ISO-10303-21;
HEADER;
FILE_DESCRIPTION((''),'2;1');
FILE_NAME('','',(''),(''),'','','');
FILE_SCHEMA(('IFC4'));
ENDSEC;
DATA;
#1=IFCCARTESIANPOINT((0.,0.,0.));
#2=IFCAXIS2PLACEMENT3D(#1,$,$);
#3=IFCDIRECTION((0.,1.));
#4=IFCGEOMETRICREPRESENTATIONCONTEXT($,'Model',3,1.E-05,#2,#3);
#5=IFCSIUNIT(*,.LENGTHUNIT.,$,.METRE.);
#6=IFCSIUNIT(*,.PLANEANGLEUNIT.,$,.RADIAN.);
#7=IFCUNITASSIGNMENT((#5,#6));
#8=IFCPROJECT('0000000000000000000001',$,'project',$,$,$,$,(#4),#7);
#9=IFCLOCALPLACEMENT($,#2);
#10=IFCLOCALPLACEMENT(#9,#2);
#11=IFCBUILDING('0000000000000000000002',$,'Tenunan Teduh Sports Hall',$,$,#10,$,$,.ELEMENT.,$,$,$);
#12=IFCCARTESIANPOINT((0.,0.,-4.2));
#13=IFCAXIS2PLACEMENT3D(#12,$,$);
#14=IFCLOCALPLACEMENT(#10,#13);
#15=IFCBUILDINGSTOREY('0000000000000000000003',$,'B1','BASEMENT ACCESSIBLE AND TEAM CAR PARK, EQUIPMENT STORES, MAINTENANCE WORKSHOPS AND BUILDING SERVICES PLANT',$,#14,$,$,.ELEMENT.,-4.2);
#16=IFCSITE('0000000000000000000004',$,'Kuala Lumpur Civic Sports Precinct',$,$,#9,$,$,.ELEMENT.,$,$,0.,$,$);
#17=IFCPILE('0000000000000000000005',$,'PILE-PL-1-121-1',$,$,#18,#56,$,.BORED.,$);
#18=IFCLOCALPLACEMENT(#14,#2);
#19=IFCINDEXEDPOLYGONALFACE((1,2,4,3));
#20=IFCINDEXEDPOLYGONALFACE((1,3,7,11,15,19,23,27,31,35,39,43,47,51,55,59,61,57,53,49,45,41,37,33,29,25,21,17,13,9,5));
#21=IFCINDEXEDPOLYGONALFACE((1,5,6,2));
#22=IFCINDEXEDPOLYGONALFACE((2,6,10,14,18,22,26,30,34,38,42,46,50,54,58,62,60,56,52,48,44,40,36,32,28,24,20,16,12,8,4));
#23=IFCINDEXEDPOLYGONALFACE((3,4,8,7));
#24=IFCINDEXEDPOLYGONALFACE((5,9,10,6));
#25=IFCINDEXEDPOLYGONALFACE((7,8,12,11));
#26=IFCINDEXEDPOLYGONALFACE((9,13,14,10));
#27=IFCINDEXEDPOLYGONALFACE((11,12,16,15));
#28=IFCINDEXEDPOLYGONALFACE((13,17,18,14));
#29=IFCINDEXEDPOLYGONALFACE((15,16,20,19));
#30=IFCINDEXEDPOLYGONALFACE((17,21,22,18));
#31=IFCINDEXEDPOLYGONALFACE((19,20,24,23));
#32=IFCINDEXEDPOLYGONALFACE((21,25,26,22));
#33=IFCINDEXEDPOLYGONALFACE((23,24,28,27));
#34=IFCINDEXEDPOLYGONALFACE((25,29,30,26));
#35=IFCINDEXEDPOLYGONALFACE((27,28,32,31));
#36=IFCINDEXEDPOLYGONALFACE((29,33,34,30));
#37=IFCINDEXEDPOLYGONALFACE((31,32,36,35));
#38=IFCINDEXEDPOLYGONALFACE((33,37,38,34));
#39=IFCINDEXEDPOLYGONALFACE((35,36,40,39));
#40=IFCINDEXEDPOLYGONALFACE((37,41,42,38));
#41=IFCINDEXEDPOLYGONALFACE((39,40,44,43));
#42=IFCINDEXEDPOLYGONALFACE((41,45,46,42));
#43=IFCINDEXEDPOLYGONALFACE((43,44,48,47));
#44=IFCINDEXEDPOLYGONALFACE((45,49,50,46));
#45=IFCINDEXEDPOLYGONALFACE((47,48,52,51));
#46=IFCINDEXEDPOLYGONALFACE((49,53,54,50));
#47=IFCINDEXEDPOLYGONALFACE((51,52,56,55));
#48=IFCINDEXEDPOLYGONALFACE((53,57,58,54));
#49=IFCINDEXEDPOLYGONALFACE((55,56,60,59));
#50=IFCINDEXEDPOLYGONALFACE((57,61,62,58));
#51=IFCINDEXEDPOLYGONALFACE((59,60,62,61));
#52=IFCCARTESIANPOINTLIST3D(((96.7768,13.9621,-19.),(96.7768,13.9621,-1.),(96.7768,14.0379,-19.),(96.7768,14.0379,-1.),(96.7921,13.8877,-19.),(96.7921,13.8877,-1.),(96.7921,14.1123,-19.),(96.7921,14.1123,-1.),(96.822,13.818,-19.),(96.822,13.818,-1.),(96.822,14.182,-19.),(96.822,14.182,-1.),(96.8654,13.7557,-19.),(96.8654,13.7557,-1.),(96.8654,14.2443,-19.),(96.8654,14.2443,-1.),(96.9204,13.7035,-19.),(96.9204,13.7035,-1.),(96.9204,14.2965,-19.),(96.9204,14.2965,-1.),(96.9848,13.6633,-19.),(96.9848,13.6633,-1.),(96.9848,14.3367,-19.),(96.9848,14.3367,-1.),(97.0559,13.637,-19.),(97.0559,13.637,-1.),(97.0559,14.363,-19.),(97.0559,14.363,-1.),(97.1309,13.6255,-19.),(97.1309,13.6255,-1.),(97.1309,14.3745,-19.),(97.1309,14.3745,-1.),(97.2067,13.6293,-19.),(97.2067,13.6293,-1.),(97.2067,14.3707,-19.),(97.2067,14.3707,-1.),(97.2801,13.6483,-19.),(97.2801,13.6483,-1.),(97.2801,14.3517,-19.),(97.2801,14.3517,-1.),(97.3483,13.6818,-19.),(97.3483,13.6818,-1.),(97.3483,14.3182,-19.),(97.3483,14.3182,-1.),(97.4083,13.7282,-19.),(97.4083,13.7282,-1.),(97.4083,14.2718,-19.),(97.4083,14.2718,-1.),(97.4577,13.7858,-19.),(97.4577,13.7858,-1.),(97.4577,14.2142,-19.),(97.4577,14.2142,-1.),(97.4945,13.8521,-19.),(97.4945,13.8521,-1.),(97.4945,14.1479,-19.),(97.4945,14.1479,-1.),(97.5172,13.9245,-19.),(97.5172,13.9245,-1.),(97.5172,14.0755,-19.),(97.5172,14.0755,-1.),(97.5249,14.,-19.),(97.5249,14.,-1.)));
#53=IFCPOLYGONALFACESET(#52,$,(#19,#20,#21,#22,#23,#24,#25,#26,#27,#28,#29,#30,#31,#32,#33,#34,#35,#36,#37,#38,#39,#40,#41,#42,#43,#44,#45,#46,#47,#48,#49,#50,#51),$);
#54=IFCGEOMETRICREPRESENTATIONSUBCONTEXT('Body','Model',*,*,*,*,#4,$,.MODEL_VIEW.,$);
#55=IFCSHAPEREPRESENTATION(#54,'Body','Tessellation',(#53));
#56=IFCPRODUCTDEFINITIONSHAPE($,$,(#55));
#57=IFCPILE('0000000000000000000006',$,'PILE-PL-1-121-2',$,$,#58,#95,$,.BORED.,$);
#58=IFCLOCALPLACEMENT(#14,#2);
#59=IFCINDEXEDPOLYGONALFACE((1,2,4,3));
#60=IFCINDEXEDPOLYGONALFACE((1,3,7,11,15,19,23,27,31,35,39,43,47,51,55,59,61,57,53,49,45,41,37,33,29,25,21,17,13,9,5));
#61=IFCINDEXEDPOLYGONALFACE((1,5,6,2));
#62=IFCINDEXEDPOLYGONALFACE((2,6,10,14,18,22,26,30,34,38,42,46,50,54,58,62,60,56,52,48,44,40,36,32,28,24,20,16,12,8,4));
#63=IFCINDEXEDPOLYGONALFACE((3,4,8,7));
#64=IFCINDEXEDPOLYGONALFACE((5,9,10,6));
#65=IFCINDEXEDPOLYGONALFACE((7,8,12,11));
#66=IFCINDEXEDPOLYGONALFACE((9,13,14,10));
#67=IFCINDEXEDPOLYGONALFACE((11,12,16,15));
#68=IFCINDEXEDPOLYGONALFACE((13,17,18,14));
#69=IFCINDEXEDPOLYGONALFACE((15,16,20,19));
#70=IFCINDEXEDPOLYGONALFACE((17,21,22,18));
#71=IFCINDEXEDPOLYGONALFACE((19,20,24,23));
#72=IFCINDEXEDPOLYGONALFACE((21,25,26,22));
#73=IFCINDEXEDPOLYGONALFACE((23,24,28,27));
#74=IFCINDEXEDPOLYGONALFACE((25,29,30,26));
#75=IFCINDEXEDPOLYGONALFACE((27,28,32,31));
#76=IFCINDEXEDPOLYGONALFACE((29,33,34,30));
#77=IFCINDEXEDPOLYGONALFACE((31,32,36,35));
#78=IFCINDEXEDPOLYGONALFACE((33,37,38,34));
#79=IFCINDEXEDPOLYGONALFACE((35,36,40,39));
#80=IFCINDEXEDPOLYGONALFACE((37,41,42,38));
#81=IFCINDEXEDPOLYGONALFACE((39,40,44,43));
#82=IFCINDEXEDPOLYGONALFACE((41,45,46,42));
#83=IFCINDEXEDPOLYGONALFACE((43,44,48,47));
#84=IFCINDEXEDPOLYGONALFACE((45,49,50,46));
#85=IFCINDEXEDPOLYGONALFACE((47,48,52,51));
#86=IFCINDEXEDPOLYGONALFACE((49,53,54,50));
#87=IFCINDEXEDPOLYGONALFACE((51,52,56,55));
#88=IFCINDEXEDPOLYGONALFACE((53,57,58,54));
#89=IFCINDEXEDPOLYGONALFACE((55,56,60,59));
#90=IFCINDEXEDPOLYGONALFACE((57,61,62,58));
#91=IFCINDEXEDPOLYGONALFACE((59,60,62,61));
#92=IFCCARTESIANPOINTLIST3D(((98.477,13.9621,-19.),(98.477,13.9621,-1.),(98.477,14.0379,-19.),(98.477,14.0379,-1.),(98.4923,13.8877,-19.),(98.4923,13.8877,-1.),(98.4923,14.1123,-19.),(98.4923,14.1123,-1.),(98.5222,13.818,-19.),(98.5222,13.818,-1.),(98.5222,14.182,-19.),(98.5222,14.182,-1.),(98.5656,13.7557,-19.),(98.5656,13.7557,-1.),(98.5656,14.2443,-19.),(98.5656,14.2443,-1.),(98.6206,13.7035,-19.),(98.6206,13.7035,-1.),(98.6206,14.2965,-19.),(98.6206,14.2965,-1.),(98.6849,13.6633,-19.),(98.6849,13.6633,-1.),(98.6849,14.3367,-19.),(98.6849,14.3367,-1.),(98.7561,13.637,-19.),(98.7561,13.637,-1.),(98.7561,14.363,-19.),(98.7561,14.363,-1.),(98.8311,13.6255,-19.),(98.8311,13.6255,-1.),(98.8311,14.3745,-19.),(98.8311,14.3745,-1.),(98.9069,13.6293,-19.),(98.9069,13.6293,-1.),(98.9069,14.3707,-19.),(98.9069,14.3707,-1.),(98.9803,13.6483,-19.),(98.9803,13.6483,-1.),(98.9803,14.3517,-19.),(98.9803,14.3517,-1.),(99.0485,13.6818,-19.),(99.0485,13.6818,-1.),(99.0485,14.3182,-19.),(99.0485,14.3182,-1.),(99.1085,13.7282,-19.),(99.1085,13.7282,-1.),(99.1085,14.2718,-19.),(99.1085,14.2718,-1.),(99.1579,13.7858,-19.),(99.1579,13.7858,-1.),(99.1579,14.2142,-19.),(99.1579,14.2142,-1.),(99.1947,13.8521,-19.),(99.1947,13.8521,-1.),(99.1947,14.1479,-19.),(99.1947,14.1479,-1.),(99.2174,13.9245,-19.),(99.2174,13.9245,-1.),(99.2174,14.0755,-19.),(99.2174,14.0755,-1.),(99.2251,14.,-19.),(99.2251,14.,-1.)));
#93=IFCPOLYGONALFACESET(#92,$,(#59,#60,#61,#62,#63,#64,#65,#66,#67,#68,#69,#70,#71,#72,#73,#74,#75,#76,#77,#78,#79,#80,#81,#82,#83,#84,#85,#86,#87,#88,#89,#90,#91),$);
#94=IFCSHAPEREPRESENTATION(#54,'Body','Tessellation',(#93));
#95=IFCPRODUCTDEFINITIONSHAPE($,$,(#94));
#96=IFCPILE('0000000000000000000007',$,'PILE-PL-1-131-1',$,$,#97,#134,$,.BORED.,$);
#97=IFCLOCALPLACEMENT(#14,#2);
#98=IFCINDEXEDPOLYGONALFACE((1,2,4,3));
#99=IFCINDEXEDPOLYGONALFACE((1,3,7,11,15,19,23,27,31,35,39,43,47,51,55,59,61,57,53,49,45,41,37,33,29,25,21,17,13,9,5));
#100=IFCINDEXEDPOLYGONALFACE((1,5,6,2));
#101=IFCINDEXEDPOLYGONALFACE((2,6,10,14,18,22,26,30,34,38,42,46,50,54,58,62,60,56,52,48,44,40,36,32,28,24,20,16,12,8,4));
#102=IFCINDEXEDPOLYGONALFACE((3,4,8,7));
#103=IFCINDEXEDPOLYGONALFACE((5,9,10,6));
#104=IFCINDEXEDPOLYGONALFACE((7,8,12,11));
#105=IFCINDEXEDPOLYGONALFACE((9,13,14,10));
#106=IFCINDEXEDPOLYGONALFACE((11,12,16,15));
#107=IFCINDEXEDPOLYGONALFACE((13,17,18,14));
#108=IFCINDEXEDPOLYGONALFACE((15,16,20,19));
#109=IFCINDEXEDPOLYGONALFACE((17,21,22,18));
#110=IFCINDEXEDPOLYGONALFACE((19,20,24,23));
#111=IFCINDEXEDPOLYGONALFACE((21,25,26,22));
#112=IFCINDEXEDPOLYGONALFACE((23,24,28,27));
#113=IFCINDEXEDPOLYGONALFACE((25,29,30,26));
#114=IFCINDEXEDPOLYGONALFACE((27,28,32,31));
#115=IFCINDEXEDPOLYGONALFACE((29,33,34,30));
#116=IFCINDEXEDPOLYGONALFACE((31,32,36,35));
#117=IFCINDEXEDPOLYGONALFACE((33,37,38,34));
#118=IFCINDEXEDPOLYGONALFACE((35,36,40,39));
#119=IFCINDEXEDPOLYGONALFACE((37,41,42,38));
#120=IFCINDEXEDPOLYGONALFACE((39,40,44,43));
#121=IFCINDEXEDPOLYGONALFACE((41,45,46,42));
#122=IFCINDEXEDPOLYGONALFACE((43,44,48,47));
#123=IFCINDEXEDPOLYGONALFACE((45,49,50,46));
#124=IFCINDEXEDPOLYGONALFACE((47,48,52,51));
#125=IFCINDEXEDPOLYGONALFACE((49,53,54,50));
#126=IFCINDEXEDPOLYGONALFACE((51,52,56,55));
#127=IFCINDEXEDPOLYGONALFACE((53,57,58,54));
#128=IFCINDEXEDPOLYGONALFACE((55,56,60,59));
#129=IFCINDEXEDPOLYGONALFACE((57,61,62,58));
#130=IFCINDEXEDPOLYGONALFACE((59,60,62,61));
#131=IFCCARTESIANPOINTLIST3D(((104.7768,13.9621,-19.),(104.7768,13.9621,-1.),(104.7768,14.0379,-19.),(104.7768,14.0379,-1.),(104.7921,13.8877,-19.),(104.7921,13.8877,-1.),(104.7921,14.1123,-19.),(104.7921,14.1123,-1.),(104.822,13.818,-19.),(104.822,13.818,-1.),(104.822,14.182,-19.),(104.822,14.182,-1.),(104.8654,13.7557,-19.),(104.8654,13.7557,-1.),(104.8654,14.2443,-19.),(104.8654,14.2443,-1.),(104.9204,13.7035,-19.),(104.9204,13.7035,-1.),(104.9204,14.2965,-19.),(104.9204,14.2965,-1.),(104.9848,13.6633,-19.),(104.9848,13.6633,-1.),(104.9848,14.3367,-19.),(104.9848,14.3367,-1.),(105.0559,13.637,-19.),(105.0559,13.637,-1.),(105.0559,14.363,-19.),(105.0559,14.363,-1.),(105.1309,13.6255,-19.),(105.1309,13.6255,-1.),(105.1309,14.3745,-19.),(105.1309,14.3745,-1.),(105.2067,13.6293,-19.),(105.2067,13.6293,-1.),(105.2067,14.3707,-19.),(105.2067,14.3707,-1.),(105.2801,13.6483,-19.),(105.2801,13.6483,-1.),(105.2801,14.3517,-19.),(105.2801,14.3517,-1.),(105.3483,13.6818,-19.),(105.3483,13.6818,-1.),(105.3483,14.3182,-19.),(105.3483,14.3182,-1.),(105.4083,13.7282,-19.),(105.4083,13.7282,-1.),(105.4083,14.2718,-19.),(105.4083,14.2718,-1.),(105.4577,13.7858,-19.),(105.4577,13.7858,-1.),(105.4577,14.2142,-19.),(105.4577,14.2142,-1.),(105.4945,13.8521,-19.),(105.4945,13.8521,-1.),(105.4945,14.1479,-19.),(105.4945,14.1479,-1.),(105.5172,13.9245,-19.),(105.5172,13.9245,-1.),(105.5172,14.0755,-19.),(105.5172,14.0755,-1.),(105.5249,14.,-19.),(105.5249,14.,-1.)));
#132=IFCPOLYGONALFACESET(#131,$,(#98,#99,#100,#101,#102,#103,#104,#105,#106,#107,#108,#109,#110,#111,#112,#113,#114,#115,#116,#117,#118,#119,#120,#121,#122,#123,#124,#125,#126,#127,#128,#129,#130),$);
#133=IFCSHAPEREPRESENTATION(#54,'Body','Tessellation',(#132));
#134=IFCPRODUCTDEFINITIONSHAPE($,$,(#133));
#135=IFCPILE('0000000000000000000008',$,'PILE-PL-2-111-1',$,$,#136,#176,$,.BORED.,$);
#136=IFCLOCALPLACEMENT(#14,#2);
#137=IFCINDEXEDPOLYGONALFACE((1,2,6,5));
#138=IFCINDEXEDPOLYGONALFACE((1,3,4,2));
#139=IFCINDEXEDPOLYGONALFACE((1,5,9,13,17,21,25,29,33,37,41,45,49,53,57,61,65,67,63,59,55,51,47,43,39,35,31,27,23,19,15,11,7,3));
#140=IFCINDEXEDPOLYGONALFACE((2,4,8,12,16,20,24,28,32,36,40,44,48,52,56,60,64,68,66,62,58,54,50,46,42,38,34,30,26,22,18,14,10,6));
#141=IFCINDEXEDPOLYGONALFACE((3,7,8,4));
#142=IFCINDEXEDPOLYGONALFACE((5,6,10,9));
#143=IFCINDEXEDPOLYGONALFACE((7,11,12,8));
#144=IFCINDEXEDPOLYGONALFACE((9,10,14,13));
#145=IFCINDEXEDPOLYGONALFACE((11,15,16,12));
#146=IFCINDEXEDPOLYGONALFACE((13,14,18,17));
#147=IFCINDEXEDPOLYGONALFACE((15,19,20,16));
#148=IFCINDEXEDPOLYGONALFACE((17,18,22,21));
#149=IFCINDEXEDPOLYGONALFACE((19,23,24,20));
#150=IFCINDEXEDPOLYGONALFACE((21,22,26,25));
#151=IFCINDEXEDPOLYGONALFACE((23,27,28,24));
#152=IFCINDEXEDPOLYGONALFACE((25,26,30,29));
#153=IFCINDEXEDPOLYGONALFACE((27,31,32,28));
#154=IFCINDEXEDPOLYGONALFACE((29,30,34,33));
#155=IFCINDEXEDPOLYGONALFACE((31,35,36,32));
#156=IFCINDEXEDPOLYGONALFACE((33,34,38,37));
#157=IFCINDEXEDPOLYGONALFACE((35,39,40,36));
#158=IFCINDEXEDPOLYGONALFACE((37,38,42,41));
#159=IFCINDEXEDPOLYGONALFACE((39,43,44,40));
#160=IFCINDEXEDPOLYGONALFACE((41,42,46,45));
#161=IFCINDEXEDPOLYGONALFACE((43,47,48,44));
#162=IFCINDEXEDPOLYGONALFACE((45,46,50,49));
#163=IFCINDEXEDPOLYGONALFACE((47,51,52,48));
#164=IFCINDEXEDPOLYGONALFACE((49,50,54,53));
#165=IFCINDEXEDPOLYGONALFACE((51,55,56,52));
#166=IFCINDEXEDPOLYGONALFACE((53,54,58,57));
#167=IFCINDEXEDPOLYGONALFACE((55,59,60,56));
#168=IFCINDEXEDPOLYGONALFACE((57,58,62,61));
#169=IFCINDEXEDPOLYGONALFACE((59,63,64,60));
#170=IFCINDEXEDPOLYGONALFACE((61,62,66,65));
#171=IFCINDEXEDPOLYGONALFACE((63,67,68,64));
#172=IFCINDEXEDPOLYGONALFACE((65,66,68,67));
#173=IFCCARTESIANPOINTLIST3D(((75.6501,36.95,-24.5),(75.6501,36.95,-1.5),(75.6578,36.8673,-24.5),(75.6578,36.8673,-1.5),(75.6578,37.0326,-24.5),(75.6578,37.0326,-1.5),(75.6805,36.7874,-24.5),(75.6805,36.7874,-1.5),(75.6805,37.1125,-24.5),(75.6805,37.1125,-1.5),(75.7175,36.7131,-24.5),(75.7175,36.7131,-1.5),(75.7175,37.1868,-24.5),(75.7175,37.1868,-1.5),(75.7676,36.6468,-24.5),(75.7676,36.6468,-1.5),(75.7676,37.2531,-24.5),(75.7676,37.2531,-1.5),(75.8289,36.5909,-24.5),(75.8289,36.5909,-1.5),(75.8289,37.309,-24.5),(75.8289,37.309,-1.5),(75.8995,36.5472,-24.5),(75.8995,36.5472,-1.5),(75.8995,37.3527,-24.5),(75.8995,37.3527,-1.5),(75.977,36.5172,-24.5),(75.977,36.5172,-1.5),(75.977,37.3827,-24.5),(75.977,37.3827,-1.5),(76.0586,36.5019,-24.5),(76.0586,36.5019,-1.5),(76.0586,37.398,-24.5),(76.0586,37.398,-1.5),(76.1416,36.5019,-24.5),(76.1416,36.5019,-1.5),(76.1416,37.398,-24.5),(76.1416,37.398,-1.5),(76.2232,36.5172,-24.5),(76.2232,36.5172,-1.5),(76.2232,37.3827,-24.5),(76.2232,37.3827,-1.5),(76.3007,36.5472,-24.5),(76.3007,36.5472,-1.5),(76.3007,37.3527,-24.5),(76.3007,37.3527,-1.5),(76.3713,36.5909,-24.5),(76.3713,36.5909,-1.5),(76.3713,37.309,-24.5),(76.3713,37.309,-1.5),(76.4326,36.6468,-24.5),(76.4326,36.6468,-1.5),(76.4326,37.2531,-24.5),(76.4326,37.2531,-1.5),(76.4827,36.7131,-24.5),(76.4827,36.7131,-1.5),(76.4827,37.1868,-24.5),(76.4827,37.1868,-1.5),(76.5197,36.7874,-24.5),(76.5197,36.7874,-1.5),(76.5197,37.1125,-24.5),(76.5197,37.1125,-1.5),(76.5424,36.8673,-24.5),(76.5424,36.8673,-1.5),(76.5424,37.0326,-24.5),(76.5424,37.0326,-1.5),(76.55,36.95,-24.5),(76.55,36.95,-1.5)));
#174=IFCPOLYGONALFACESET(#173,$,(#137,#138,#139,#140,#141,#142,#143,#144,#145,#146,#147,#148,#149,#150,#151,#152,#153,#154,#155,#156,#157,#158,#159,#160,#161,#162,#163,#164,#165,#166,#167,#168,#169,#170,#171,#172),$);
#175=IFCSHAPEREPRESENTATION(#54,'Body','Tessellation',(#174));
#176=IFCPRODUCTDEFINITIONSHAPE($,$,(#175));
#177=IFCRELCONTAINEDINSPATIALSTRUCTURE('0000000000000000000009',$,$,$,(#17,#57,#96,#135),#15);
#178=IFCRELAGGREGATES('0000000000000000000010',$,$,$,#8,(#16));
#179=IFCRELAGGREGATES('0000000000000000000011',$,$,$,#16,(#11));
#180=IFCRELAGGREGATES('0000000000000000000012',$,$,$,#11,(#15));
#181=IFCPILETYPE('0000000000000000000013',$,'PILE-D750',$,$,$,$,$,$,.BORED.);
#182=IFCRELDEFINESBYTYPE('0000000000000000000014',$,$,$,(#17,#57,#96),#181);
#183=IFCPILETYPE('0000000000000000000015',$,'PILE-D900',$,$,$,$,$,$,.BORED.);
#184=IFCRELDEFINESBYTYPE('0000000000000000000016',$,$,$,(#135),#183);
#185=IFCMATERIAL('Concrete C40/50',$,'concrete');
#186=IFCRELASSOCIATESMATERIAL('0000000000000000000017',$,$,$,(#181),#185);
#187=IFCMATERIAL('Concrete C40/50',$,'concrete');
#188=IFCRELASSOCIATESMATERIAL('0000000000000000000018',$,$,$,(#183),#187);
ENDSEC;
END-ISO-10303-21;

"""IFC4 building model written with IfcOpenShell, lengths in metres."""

from ifc_helpers import new_model, si_unit, direction, frame, origin, origin_2d, place, context, subcontext, project, spatial, circle, extrude, material, material_profile, profile_set, type_object, element, save


model = new_model("IFC4")

# Units and contexts
model_context = context("Model", 3, precision=1e-05, world=origin(), true_north=direction((0.0, 1.0)))
body_context = subcontext(model_context, "Body", "Model", "MODEL_VIEW")
ifc_project = project(units=[si_unit("LENGTHUNIT", "METRE"), si_unit("PLANEANGLEUNIT", "RADIAN")], contexts=[model_context])

# Site, building, storey
site_placement = place(None, origin())
site = spatial("IfcSite", under=ifc_project, at=site_placement, Name="Kuala Lumpur Civic Sports Precinct", CompositionType="ELEMENT", RefElevation=0.0)
building_placement = place(site_placement, origin())
building = spatial("IfcBuilding", under=site, at=building_placement, Name="Tenunan Teduh Sports Hall", CompositionType="ELEMENT")
storey_placement = place(building_placement, frame((0.0, 0.0, -4.2)))
storey = spatial("IfcBuildingStorey", under=building, at=storey_placement, Name="B1", Description="BASEMENT ACCESSIBLE AND TEAM CAR PARK, EQUIPMENT STORES, MAINTENANCE WORKSHOPS AND BUILDING SERVICES PLANT", CompositionType="ELEMENT", Elevation=-4.2)

# Piles
ifc_material_1 = material(Name="Concrete C40/50", Category="concrete")
ifc_material_profile_1 = material_profile(ifc_material_1, circle(Radius=0.375, at=origin_2d()), Name="PILE D750")
ifc_profile_set_1 = profile_set([ifc_material_profile_1], Name="Concrete C40/50")
pile_type_1 = type_object("IfcPileType", Name="PILE-D750", PredefinedType="BORED", material=ifc_profile_set_1)
for number, where, z_axis, x_axis, name in (
    (1, (97.1499, 14.0, -1.0), (0.0, 0.0, -1.0), (1.0, 0.0, 0.0), "PILE-PL-1-121-1"),
    (2, (98.8501, 14.0, -1.0), (0.0, 0.0, -1.0), (1.0, 0.0, 0.0), "PILE-PL-1-121-2"),
    (3, (105.1499, 14.0, -1.0), (0.0, 0.0, -1.0), (1.0, 0.0, 0.0), "PILE-PL-1-131-1"),
):
    element("IfcPile", number, at=place(storey_placement, frame(where, z_axis=z_axis, x_axis=x_axis)), inside=storey, type_object=pile_type_1, Name=name, PredefinedType="BORED", context=body_context, shape_type="SweptSolid", body=[
        extrude(circle(Radius=0.375, at=origin_2d()), origin(), (0.0, 0.0, 1.0), 18.0),
    ])
ifc_material_2 = material(Name="Concrete C40/50", Category="concrete")
ifc_material_profile_2 = material_profile(ifc_material_2, circle(Radius=0.45, at=origin_2d()), Name="PILE D900")
ifc_profile_set_2 = profile_set([ifc_material_profile_2], Name="Concrete C40/50")
pile_type_2 = type_object("IfcPileType", Name="PILE-D900", PredefinedType="BORED", material=ifc_profile_set_2)
for number, where, z_axis, x_axis, name in (
    (4, (76.1001, 36.95, -1.5), (0.0, 0.0, -1.0), (1.0, 0.0, 0.0), "PILE-PL-2-111-1"),
):
    element("IfcPile", number, at=place(storey_placement, frame(where, z_axis=z_axis, x_axis=x_axis)), inside=storey, type_object=pile_type_2, Name=name, PredefinedType="BORED", context=body_context, shape_type="SweptSolid", body=[
        extrude(circle(Radius=0.45, at=origin_2d()), origin(), (0.0, 0.0, 1.0), 23.0),
    ])

save(model, "model.ifc")
